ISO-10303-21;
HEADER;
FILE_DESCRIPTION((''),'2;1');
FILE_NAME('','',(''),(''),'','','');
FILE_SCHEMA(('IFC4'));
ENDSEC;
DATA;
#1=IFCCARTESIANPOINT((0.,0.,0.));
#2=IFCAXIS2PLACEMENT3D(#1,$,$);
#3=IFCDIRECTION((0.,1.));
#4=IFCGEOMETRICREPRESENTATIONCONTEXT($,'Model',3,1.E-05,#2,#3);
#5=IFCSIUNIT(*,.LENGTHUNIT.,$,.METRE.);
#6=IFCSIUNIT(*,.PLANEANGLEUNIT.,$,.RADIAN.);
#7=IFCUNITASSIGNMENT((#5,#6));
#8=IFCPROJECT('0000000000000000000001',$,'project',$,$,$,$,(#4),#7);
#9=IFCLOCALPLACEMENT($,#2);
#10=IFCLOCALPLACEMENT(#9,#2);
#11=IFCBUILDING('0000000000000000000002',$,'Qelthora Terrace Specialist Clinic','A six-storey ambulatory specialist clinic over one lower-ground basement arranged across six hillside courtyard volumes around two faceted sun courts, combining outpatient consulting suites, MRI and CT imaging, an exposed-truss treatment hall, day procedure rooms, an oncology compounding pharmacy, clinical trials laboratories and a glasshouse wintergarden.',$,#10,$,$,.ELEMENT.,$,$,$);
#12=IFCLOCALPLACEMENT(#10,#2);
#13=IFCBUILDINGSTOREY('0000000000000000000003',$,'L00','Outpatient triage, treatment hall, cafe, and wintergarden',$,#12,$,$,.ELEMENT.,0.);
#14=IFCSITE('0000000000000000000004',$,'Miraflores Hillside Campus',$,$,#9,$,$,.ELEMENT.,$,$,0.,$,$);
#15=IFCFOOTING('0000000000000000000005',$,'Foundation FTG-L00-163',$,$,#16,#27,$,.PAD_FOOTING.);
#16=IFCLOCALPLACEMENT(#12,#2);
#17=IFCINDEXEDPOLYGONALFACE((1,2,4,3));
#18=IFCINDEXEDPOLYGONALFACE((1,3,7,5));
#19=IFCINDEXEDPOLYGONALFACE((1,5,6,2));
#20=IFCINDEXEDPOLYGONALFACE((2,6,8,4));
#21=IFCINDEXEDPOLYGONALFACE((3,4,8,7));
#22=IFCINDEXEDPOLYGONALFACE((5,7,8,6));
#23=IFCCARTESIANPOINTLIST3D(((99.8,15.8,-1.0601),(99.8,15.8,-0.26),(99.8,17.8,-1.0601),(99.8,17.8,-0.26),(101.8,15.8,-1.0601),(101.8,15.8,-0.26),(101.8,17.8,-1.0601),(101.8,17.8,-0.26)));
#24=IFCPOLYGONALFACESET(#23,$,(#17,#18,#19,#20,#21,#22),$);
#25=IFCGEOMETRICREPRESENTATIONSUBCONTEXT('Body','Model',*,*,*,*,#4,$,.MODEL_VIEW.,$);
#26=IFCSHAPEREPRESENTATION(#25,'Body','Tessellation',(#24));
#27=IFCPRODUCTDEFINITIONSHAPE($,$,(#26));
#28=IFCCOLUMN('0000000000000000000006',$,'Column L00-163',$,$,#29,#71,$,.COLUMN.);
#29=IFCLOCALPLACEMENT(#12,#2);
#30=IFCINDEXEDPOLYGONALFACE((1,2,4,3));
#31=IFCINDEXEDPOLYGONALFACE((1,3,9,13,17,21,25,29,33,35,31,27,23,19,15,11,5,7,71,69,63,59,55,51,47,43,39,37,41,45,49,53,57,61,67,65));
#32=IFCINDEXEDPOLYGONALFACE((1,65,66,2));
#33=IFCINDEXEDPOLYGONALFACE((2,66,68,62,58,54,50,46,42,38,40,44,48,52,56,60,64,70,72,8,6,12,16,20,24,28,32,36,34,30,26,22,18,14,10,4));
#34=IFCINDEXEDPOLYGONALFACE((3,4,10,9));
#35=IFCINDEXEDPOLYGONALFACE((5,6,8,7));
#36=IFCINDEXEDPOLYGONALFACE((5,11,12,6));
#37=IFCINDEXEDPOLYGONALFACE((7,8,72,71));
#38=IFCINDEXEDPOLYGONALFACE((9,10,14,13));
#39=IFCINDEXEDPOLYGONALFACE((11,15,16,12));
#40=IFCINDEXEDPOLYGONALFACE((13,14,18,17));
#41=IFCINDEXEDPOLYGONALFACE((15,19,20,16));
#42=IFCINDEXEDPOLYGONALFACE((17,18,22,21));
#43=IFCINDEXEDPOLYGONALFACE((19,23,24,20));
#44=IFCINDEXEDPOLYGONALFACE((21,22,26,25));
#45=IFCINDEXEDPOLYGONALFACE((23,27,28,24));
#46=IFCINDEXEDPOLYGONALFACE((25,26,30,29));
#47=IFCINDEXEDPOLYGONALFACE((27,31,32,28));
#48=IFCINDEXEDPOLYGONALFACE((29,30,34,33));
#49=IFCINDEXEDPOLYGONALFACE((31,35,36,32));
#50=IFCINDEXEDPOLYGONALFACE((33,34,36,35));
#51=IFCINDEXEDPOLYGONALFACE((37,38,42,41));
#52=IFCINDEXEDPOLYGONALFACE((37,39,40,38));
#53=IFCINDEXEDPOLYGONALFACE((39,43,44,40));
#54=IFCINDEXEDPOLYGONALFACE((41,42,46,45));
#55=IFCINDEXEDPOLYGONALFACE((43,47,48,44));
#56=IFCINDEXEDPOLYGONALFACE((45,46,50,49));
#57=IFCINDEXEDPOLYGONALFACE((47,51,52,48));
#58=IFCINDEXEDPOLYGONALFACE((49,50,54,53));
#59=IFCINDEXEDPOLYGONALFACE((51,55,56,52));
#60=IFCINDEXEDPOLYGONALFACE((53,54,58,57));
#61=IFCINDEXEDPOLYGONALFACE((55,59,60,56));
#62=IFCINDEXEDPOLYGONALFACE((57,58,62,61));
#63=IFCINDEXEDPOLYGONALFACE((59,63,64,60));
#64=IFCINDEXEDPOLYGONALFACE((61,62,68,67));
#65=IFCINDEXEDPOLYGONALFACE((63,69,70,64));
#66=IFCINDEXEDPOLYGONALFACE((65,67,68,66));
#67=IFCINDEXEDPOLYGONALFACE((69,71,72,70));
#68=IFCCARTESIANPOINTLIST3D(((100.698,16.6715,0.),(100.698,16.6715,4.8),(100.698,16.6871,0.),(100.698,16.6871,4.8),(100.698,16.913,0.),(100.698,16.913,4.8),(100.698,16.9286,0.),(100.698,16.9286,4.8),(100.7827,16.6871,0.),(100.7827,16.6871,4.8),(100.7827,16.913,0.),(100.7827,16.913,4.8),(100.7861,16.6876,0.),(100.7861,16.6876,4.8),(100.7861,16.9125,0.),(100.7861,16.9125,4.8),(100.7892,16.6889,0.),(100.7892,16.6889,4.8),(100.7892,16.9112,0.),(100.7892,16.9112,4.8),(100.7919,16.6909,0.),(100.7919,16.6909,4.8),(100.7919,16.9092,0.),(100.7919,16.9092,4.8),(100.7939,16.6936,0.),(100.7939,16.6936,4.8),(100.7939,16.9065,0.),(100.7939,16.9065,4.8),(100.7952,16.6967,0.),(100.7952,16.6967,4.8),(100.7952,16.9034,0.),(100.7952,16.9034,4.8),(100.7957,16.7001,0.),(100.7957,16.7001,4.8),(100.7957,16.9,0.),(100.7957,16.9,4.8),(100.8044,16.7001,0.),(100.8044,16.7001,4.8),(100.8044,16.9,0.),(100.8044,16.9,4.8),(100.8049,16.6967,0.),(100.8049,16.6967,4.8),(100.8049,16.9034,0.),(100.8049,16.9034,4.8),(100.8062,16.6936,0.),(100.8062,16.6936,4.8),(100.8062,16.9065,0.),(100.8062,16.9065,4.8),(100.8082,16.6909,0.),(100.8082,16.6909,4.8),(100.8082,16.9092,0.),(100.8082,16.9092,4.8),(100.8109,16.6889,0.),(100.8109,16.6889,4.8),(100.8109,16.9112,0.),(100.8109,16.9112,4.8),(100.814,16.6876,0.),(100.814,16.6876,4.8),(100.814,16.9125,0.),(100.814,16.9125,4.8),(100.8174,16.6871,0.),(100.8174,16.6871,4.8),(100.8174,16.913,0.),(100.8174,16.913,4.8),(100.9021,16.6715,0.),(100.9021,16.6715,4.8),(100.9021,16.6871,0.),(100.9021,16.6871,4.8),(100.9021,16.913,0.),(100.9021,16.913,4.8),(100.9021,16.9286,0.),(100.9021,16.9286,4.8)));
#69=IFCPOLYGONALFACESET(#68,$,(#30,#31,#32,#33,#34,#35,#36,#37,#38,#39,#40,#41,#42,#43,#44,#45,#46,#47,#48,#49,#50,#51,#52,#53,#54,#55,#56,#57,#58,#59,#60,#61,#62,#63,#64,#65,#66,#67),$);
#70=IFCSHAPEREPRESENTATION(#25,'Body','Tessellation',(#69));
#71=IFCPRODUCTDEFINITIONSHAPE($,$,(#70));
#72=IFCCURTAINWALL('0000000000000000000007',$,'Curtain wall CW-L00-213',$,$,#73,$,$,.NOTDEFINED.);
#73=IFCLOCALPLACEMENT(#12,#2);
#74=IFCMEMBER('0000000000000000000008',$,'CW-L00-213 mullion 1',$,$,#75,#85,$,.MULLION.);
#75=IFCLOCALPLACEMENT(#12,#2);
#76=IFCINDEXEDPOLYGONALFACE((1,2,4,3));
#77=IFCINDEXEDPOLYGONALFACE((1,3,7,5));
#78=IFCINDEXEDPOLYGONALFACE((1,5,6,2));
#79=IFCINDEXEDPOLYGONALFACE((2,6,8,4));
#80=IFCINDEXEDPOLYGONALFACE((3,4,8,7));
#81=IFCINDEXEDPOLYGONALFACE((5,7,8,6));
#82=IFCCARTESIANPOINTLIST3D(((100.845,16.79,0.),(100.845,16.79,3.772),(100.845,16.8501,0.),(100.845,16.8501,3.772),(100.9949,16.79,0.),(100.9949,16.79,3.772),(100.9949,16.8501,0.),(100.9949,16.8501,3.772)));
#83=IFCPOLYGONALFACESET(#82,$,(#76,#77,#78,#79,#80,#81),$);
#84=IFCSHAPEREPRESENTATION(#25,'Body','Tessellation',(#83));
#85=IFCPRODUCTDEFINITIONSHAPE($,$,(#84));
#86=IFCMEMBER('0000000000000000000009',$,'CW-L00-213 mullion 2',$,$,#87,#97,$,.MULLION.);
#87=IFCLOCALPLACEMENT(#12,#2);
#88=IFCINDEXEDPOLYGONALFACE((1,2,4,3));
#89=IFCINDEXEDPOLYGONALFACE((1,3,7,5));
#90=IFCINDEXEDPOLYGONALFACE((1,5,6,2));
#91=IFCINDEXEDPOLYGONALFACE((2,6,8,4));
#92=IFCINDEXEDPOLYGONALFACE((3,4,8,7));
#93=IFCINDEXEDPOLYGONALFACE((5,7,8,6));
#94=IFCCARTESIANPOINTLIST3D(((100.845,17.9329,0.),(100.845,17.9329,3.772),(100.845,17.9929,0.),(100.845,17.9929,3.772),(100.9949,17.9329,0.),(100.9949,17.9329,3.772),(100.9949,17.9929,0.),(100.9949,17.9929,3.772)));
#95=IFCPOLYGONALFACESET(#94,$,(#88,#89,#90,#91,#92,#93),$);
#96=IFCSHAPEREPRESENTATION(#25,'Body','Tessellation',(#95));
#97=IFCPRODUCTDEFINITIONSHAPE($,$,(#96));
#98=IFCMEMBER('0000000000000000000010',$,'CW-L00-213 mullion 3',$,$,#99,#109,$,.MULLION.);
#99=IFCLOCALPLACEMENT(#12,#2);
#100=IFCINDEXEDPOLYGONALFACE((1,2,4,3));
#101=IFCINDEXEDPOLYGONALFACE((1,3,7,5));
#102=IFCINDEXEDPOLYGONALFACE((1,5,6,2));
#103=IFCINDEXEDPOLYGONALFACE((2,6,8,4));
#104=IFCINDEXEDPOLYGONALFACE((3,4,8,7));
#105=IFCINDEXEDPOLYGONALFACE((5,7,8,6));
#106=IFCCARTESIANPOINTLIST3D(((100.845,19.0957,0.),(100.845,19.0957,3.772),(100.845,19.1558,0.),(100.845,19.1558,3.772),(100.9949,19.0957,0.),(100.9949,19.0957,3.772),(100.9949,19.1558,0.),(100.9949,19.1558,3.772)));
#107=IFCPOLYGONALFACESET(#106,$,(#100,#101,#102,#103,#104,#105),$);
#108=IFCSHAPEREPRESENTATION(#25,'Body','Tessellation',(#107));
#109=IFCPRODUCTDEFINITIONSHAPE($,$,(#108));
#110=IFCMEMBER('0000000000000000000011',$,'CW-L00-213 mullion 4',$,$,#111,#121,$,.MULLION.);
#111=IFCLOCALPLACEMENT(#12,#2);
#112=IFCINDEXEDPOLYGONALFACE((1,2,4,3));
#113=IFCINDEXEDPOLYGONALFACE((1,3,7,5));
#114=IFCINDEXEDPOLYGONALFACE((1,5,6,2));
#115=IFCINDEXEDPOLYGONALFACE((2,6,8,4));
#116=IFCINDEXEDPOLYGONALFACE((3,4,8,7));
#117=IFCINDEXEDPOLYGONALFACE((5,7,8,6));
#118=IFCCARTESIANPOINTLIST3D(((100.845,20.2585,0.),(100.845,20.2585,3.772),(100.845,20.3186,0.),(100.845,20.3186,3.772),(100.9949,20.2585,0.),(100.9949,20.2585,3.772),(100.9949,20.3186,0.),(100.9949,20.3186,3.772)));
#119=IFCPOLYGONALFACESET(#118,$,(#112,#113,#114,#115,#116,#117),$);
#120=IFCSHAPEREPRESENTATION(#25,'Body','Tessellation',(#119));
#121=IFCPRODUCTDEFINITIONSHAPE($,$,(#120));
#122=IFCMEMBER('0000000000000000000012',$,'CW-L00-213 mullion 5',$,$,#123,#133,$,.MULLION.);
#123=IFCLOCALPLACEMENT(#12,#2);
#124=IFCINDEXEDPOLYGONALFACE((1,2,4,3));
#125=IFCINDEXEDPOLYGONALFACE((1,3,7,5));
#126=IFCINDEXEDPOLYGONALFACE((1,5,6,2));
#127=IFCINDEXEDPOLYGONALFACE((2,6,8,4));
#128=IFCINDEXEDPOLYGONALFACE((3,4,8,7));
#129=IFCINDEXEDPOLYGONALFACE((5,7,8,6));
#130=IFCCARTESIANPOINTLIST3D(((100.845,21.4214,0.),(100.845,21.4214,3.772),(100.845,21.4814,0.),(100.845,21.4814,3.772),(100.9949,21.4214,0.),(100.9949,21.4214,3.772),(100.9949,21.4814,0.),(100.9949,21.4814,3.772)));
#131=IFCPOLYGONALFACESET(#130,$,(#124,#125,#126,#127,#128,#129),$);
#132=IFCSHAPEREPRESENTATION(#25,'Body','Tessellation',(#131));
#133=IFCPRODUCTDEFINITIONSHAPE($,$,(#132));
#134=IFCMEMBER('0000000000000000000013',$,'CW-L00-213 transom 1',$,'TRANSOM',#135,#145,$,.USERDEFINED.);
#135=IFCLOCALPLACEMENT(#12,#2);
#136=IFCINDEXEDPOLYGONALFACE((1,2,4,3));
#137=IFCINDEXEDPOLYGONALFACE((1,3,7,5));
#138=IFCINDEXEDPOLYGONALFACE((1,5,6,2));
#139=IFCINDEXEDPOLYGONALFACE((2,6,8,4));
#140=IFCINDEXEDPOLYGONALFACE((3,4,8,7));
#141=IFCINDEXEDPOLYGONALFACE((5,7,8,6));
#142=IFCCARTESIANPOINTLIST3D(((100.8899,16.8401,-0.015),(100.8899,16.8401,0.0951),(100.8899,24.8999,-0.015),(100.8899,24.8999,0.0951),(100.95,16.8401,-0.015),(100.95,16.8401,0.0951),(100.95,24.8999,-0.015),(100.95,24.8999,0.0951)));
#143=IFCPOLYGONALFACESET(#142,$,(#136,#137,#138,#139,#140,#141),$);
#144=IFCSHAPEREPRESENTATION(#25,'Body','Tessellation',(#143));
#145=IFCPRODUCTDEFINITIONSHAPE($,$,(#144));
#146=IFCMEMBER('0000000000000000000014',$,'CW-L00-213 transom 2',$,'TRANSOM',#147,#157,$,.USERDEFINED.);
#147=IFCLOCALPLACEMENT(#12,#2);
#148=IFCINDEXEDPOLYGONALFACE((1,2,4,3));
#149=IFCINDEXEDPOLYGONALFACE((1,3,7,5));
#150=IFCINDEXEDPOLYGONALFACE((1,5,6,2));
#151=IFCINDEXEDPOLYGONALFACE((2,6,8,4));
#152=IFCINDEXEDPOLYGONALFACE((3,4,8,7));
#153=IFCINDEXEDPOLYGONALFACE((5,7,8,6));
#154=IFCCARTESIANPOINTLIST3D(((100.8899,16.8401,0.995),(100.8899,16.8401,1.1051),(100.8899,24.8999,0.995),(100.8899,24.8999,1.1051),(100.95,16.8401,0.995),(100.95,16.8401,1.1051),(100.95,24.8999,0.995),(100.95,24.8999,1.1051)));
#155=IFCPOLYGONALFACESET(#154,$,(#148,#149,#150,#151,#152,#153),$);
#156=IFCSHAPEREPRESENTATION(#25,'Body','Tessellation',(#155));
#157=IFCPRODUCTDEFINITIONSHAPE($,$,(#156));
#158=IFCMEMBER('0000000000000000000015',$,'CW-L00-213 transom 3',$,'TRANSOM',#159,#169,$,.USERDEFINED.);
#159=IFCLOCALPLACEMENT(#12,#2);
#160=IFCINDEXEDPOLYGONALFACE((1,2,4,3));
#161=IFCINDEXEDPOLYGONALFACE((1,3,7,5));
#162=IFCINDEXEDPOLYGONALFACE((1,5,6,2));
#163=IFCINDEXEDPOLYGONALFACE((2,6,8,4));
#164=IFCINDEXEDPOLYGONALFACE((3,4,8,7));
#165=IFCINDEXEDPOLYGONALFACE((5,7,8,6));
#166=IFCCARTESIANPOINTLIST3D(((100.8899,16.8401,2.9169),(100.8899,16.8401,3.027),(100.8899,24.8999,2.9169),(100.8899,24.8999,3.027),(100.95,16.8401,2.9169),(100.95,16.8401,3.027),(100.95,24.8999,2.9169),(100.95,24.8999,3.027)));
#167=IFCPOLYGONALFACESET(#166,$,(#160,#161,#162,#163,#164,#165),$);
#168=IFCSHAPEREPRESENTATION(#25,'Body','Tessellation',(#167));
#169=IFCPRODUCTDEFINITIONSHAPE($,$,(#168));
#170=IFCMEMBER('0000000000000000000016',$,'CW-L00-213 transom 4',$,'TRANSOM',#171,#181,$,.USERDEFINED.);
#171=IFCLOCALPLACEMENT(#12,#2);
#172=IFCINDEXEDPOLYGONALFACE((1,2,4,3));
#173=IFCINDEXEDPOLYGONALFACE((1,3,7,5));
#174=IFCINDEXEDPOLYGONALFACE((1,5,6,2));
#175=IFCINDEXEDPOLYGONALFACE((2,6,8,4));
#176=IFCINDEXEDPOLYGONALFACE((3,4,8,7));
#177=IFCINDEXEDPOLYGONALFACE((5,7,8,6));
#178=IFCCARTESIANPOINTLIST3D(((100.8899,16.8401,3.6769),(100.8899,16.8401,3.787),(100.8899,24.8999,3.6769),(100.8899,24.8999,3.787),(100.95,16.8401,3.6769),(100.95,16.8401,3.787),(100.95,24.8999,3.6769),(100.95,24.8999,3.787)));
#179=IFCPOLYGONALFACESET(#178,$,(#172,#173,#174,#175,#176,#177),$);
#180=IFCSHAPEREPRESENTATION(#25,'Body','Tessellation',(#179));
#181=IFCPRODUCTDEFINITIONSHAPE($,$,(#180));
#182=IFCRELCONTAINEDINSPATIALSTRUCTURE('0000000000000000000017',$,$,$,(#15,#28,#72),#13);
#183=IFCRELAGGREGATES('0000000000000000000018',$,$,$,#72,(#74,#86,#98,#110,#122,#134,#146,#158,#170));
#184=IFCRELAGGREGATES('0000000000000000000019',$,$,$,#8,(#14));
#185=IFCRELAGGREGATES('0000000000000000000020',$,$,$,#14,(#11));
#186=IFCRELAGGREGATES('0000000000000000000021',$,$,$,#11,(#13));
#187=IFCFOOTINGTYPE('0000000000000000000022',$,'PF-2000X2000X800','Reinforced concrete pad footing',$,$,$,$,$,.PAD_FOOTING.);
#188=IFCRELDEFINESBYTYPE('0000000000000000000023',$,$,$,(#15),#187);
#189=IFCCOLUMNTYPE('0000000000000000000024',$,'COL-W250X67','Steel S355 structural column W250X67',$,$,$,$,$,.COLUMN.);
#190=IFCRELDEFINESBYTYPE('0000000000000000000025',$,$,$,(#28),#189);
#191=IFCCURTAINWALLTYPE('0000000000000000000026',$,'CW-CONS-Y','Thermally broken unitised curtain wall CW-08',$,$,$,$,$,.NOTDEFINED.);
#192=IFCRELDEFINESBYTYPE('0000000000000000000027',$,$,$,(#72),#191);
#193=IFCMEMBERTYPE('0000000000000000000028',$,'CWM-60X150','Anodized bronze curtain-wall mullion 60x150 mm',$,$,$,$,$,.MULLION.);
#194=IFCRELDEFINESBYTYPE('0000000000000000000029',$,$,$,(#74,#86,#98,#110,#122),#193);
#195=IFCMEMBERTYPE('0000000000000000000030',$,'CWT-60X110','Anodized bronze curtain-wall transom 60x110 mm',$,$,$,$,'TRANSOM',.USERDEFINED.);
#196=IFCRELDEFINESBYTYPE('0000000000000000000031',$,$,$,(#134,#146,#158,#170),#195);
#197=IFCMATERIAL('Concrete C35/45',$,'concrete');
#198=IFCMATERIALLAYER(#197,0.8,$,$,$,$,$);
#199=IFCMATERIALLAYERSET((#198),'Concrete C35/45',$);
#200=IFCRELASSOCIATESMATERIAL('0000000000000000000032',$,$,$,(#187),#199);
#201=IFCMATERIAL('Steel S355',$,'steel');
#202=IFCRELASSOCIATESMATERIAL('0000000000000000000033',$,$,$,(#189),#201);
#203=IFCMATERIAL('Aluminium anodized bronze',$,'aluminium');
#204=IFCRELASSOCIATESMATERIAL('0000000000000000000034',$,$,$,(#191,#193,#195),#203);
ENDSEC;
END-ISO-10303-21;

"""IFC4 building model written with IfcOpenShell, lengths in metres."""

from ifc_helpers import new_model, si_unit, direction, frame, origin, origin_2d, place, context, subcontext, project, spatial, rectangle, i_section, extrude, material, layer, layer_set, material_profile, profile_set, type_object, element, aggregate, save


model = new_model("IFC4")

# Units and contexts
model_context = context("Model", 3, precision=1e-05, world=origin(), true_north=direction((0.0, 1.0)))
body_context = subcontext(model_context, "Body", "Model", "MODEL_VIEW")
ifc_project = project(units=[si_unit("LENGTHUNIT", "METRE"), si_unit("PLANEANGLEUNIT", "RADIAN")], contexts=[model_context])

# Site, building, storey
site_placement = place(None, origin())
site = spatial("IfcSite", under=ifc_project, at=site_placement, Name="Miraflores Hillside Campus", CompositionType="ELEMENT", RefElevation=0.0)
building_placement = place(site_placement, origin())
building = spatial("IfcBuilding", under=site, at=building_placement, Name="Qelthora Terrace Specialist Clinic", Description="A six-storey ambulatory specialist clinic over one lower-ground basement arranged across six hillside courtyard volumes around two faceted sun courts, combining outpatient consulting suites, MRI and CT imaging, an exposed-truss treatment hall, day procedure rooms, an oncology compounding pharmacy, clinical trials laboratories and a glasshouse wintergarden.", CompositionType="ELEMENT")
storey_placement = place(building_placement, origin())
storey = spatial("IfcBuildingStorey", under=building, at=storey_placement, Name="L00", Description="Outpatient triage, treatment hall, cafe, and wintergarden", CompositionType="ELEMENT", Elevation=0.0)

# Footing
ifc_material_1 = material(Name="Concrete C35/45", Category="concrete")
ifc_layer_1 = layer(ifc_material_1, 0.8)
ifc_layer_set_1 = layer_set([ifc_layer_1], Name="Concrete C35/45")
footing_type = type_object("IfcFootingType", Name="PF-2000X2000X800", Description="Reinforced concrete pad footing", PredefinedType="PAD_FOOTING", material=ifc_layer_set_1)
footing_placement = place(storey_placement, frame((100.8, 16.8, -1.0601), z_axis=(0.0, 0.0, 1.0), x_axis=(1.0, 0.0, 0.0)))
element("IfcFooting", 1, at=footing_placement, inside=storey, type_object=footing_type, Name="Foundation FTG-L00-163", PredefinedType="PAD_FOOTING", context=body_context, shape_type="SweptSolid", body=[
    extrude(rectangle(XDim=2.0, YDim=2.0, at=origin_2d()), origin(), (0.0, 0.0, 1.0), 0.8),
])

# Column
ifc_material_2 = material(Name="Steel S355", Category="steel")
ifc_material_profile_1 = material_profile(ifc_material_2, i_section(OverallWidth=0.2041, OverallDepth=0.2571, WebThickness=0.0088, FlangeThickness=0.0156, FilletRadius=0.0129, at=origin_2d()), Name="W250X67")
ifc_profile_set_1 = profile_set([ifc_material_profile_1], Name="Steel S355")
column_type = type_object("IfcColumnType", Name="COL-W250X67", Description="Steel S355 structural column W250X67", PredefinedType="COLUMN", material=ifc_profile_set_1)
column_placement = place(storey_placement, frame((100.8, 16.8, 0.0), z_axis=(0.0, 0.0, 1.0), x_axis=(1.0, 0.0, 0.0)))
element("IfcColumn", 2, at=column_placement, inside=storey, type_object=column_type, Name="Column L00-163", PredefinedType="COLUMN", context=body_context, shape_type="SweptSolid", body=[
    extrude(i_section(OverallWidth=0.2041, OverallDepth=0.2571, WebThickness=0.0088, FlangeThickness=0.0156, FilletRadius=0.0129, at=origin_2d()), origin(), (0.0, 0.0, 1.0), 4.8),
])

# Curtain wall, members
ifc_material_3 = material(Name="Aluminium anodized bronze", Category="aluminium")
curtain_wall_type = type_object("IfcCurtainWallType", Name="CW-CONS-Y", Description="Thermally broken unitised curtain wall CW-08", PredefinedType="NOTDEFINED", material=ifc_material_3)
curtain_wall_placement = place(storey_placement, origin())
curtain_wall = element("IfcCurtainWall", 3, at=curtain_wall_placement, inside=storey, type_object=curtain_wall_type, Name="Curtain wall CW-L00-213", PredefinedType="NOTDEFINED")
ifc_material_profile_2 = material_profile(ifc_material_3, rectangle(XDim=0.0601, YDim=0.1499, at=origin_2d()), Name="CWM60X150")
ifc_profile_set_2 = profile_set([ifc_material_profile_2], Name="Aluminium anodized bronze")
member_type_1 = type_object("IfcMemberType", Name="CWM-60X150", Description="Anodized bronze curtain-wall mullion 60x150 mm", PredefinedType="MULLION", material=ifc_profile_set_2)
member_1_placement = place(storey_placement, frame((100.9199, 16.8201, 0.0), z_axis=(0.0, 0.0, 1.0), x_axis=(0.0, 1.0, 0.0)))
member_1 = element("IfcMember", 4, at=member_1_placement, type_object=member_type_1, Name="CW-L00-213 mullion 1", PredefinedType="MULLION", context=body_context, shape_type="SweptSolid", body=[
    extrude(rectangle(XDim=0.0601, YDim=0.1499, at=origin_2d()), origin(), (0.0, 0.0, 1.0), 3.772),
])
member_2_placement = place(storey_placement, frame((100.9199, 17.9629, 0.0), z_axis=(0.0, 0.0, 1.0), x_axis=(0.0, 1.0, 0.0)))
member_2 = element("IfcMember", 5, at=member_2_placement, type_object=member_type_1, Name="CW-L00-213 mullion 2", PredefinedType="MULLION", context=body_context, shape_type="SweptSolid", body=[
    extrude(rectangle(XDim=0.0601, YDim=0.1499, at=origin_2d()), origin(), (0.0, 0.0, 1.0), 3.772),
])
member_3_placement = place(storey_placement, frame((100.9199, 19.1257, 0.0), z_axis=(0.0, 0.0, 1.0), x_axis=(0.0, 1.0, 0.0)))
member_3 = element("IfcMember", 6, at=member_3_placement, type_object=member_type_1, Name="CW-L00-213 mullion 3", PredefinedType="MULLION", context=body_context, shape_type="SweptSolid", body=[
    extrude(rectangle(XDim=0.0601, YDim=0.1499, at=origin_2d()), origin(), (0.0, 0.0, 1.0), 3.772),
])
member_4_placement = place(storey_placement, frame((100.9199, 20.2886, 0.0), z_axis=(0.0, 0.0, 1.0), x_axis=(0.0, 1.0, 0.0)))
member_4 = element("IfcMember", 7, at=member_4_placement, type_object=member_type_1, Name="CW-L00-213 mullion 4", PredefinedType="MULLION", context=body_context, shape_type="SweptSolid", body=[
    extrude(rectangle(XDim=0.0601, YDim=0.1499, at=origin_2d()), origin(), (0.0, 0.0, 1.0), 3.772),
])
member_5_placement = place(storey_placement, frame((100.9199, 21.4514, 0.0), z_axis=(0.0, 0.0, 1.0), x_axis=(0.0, 1.0, 0.0)))
member_5 = element("IfcMember", 8, at=member_5_placement, type_object=member_type_1, Name="CW-L00-213 mullion 5", PredefinedType="MULLION", context=body_context, shape_type="SweptSolid", body=[
    extrude(rectangle(XDim=0.0601, YDim=0.1499, at=origin_2d()), origin(), (0.0, 0.0, 1.0), 3.772),
])
ifc_material_profile_3 = material_profile(ifc_material_3, rectangle(XDim=0.0601, YDim=0.1101, at=origin_2d()), Name="CWT60X110")
ifc_profile_set_3 = profile_set([ifc_material_profile_3], Name="Aluminium anodized bronze")
member_type_2 = type_object("IfcMemberType", Name="CWT-60X110", Description="Anodized bronze curtain-wall transom 60x110 mm", ElementType="TRANSOM", PredefinedType="USERDEFINED", material=ifc_profile_set_3)
member_6_placement = place(storey_placement, frame((100.9199, 16.8401, 0.04), z_axis=(0.0, 1.0, 0.0), x_axis=(-1.0, 0.0, 0.0)))
member_6 = element("IfcMember", 9, at=member_6_placement, type_object=member_type_2, Name="CW-L00-213 transom 1", ObjectType="TRANSOM", PredefinedType="USERDEFINED", context=body_context, shape_type="SweptSolid", body=[
    extrude(rectangle(XDim=0.0601, YDim=0.1101, at=origin_2d()), origin(), (0.0, 0.0, 1.0), 8.0598),
])
member_7_placement = place(storey_placement, frame((100.9199, 16.8401, 1.05), z_axis=(0.0, 1.0, 0.0), x_axis=(-1.0, 0.0, 0.0)))
member_7 = element("IfcMember", 10, at=member_7_placement, type_object=member_type_2, Name="CW-L00-213 transom 2", ObjectType="TRANSOM", PredefinedType="USERDEFINED", context=body_context, shape_type="SweptSolid", body=[
    extrude(rectangle(XDim=0.0601, YDim=0.1101, at=origin_2d()), origin(), (0.0, 0.0, 1.0), 8.0598),
])
member_8_placement = place(storey_placement, frame((100.9199, 16.8401, 2.9719), z_axis=(0.0, 1.0, 0.0), x_axis=(-1.0, 0.0, 0.0)))
member_8 = element("IfcMember", 11, at=member_8_placement, type_object=member_type_2, Name="CW-L00-213 transom 3", ObjectType="TRANSOM", PredefinedType="USERDEFINED", context=body_context, shape_type="SweptSolid", body=[
    extrude(rectangle(XDim=0.0601, YDim=0.1101, at=origin_2d()), origin(), (0.0, 0.0, 1.0), 8.0598),
])
member_9_placement = place(storey_placement, frame((100.9199, 16.8401, 3.7319), z_axis=(0.0, 1.0, 0.0), x_axis=(-1.0, 0.0, 0.0)))
member_9 = element("IfcMember", 12, at=member_9_placement, type_object=member_type_2, Name="CW-L00-213 transom 4", ObjectType="TRANSOM", PredefinedType="USERDEFINED", context=body_context, shape_type="SweptSolid", body=[
    extrude(rectangle(XDim=0.0601, YDim=0.1101, at=origin_2d()), origin(), (0.0, 0.0, 1.0), 8.0598),
])
aggregate(curtain_wall, [member_1, member_2, member_3, member_4, member_5, member_6, member_7, member_8, member_9])

save(model, "model.ifc")
